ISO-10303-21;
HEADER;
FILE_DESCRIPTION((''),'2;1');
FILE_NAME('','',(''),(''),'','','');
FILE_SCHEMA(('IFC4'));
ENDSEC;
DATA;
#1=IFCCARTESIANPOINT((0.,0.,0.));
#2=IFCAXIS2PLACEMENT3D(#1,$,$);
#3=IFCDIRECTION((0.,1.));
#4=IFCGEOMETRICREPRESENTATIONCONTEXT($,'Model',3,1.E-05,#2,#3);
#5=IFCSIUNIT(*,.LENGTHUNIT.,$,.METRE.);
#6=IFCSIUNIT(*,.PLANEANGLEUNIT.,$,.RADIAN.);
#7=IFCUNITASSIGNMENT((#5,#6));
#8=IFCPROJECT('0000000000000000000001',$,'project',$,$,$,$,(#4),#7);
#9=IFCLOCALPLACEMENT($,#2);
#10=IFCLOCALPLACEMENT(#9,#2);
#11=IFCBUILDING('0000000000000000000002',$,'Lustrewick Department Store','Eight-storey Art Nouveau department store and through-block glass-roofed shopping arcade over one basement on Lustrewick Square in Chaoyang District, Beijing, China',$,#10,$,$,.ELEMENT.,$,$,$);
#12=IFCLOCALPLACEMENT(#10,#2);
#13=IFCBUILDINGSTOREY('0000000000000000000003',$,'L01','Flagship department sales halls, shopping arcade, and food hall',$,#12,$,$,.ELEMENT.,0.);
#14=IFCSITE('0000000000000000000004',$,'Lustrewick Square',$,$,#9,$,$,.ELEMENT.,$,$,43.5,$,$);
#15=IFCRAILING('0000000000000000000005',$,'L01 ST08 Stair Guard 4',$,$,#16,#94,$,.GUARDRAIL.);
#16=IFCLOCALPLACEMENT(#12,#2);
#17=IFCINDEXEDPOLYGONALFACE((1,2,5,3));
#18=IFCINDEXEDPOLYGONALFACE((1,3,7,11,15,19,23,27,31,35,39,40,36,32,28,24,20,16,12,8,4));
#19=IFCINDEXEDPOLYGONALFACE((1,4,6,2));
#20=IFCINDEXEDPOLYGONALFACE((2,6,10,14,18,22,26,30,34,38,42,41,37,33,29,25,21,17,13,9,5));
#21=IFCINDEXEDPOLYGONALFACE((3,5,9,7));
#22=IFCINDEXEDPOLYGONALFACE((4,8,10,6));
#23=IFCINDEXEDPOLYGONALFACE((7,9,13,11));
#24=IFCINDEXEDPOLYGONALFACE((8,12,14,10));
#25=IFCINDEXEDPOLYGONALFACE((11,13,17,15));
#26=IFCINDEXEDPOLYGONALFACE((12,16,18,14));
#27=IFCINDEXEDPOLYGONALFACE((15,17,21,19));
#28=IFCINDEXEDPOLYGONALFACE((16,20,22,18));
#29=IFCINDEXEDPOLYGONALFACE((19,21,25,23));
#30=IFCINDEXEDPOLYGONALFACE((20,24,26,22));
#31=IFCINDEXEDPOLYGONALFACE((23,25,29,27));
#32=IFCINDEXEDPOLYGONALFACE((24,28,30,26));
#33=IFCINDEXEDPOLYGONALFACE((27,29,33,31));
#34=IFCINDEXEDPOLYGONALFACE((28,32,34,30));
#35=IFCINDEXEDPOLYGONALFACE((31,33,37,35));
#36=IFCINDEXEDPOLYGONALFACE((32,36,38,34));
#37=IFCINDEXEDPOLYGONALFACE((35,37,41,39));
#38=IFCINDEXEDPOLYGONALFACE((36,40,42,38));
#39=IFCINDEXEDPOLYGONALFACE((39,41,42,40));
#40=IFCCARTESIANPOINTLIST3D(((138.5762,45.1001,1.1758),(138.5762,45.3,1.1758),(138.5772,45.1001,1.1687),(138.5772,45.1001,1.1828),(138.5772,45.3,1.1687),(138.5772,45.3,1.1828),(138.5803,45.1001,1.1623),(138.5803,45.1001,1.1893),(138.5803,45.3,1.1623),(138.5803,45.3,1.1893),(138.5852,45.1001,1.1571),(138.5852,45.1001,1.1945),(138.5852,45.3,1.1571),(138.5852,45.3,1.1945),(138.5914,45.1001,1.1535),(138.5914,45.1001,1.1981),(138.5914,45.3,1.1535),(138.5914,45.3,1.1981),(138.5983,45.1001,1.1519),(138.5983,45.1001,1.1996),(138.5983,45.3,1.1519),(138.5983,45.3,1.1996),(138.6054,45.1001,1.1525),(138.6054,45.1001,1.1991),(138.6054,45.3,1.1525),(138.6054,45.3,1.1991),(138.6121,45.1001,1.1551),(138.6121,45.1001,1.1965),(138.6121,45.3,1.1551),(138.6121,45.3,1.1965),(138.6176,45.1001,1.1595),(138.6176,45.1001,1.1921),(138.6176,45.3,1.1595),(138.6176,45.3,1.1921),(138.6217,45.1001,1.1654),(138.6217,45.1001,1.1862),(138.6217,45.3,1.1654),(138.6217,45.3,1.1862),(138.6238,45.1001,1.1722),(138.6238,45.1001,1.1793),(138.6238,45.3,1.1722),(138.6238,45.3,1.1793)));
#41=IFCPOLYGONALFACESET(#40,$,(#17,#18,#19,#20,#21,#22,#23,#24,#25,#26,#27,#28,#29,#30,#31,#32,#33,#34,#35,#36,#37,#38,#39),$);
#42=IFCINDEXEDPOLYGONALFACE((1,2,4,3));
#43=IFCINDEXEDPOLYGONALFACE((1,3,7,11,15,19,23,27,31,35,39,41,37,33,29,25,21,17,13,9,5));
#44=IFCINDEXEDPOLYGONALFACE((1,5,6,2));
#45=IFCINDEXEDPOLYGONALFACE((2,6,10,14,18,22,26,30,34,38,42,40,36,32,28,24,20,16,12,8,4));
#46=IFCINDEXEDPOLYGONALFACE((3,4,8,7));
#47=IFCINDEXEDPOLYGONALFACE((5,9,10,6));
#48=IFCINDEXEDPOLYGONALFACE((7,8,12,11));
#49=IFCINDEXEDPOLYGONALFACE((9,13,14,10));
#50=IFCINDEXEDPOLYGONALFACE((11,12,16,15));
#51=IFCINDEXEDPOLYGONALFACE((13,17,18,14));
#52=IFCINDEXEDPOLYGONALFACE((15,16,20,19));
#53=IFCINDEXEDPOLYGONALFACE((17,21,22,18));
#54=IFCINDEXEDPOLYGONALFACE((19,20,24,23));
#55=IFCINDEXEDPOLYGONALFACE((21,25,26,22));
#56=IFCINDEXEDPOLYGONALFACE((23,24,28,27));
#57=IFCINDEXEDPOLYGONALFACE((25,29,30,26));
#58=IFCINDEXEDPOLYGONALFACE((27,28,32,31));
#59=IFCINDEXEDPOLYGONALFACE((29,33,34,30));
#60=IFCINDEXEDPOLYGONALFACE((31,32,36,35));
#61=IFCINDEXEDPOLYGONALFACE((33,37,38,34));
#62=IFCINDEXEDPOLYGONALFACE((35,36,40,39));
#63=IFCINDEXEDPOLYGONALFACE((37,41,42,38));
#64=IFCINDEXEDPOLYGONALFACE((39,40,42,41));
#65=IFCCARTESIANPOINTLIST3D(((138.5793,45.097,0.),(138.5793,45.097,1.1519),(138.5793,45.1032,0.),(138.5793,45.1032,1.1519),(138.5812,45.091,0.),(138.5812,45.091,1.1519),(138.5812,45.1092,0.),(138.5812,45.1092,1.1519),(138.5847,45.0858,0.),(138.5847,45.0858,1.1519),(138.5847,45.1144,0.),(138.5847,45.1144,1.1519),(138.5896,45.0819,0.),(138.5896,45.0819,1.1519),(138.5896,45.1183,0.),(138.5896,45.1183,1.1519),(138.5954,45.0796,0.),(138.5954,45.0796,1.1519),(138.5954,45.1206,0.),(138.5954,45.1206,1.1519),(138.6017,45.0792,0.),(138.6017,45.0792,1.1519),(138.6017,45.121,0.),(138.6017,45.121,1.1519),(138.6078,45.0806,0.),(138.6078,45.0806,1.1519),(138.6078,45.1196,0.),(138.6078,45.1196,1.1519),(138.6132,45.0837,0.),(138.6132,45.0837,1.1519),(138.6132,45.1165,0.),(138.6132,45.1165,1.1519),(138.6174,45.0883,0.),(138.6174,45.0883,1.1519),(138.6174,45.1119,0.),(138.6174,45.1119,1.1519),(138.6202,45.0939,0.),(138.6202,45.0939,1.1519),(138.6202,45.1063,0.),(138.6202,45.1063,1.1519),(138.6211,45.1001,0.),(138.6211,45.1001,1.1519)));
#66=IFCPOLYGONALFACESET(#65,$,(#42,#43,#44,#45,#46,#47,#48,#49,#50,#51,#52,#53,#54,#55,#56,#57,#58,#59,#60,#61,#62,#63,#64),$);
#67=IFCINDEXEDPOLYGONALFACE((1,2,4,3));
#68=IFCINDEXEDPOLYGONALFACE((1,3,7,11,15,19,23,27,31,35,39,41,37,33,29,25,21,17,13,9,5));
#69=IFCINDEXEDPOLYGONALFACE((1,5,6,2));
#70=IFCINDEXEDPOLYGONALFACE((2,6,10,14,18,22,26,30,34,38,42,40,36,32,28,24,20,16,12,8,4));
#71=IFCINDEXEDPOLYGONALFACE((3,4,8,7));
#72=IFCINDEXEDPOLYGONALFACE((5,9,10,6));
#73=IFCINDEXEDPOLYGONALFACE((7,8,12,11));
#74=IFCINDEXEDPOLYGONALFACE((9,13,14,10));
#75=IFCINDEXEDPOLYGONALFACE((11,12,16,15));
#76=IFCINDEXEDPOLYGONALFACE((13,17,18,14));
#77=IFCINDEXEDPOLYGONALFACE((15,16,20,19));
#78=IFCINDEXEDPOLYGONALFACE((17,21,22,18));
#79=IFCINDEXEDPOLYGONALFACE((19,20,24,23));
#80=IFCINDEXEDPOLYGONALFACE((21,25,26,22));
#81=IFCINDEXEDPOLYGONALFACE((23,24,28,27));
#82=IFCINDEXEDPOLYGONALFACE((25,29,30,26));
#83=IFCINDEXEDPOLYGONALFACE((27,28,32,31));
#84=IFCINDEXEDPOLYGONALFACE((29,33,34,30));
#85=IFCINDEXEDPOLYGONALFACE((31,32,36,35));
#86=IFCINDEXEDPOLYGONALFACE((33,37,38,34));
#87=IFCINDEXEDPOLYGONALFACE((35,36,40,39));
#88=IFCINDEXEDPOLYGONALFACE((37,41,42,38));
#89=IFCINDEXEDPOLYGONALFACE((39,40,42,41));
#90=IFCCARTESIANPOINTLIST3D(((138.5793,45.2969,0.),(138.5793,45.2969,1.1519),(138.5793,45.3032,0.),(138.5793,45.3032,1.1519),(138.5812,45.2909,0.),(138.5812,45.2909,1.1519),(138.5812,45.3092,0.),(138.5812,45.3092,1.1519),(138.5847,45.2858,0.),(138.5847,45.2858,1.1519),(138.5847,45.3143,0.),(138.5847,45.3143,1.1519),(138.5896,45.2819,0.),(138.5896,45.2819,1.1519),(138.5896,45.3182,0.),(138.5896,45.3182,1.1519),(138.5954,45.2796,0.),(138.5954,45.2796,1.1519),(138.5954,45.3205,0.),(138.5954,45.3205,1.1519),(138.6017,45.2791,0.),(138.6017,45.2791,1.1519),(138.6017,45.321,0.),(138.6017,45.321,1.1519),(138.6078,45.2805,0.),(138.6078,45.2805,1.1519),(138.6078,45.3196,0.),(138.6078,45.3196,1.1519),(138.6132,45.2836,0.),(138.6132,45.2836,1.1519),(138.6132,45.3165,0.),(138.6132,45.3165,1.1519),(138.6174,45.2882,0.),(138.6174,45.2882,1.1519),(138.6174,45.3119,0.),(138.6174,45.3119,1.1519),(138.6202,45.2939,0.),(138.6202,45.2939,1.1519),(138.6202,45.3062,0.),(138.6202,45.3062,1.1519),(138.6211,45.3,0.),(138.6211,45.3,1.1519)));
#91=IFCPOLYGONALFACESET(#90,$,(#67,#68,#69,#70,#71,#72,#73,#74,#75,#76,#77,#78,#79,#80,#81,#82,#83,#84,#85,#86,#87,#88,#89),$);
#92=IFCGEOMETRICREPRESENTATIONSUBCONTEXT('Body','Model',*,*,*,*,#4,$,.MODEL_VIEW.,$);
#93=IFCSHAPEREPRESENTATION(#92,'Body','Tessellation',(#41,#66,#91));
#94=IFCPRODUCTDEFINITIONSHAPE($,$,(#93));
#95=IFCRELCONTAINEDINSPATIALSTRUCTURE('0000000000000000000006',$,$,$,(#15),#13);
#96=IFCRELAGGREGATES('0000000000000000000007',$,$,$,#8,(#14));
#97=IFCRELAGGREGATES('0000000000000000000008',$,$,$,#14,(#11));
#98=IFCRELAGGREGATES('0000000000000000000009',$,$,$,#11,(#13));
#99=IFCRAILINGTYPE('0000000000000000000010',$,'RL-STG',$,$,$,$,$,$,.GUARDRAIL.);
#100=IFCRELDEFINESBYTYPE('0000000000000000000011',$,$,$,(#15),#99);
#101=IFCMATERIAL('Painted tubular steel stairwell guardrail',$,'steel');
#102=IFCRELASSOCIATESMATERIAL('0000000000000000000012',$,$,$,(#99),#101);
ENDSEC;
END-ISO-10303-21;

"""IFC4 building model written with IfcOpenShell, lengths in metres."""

from ifc_helpers import new_model, si_unit, direction, frame, origin, origin_2d, place, context, subcontext, project, spatial, circle, extrude, material, type_object, element, save


model = new_model("IFC4")

# Units and contexts
model_context = context("Model", 3, precision=1e-05, world=origin(), true_north=direction((0.0, 1.0)))
body_context = subcontext(model_context, "Body", "Model", "MODEL_VIEW")
ifc_project = project(units=[si_unit("LENGTHUNIT", "METRE"), si_unit("PLANEANGLEUNIT", "RADIAN")], contexts=[model_context])

# Site, building, storey
site_placement = place(None, origin())
site = spatial("IfcSite", under=ifc_project, at=site_placement, Name="Lustrewick Square", CompositionType="ELEMENT", RefElevation=43.5)
building_placement = place(site_placement, origin())
building = spatial("IfcBuilding", under=site, at=building_placement, Name="Lustrewick Department Store", Description="Eight-storey Art Nouveau department store and through-block glass-roofed shopping arcade over one basement on Lustrewick Square in Chaoyang District, Beijing, China", CompositionType="ELEMENT")
storey_placement = place(building_placement, origin())
storey = spatial("IfcBuildingStorey", under=building, at=storey_placement, Name="L01", Description="Flagship department sales halls, shopping arcade, and food hall", CompositionType="ELEMENT", Elevation=0.0)

# Railing
ifc_material_1 = material(Name="Painted tubular steel stairwell guardrail", Category="steel")
railing_type_1 = type_object("IfcRailingType", Name="RL-STG", PredefinedType="GUARDRAIL", material=ifc_material_1)
railing_1_placement = place(storey_placement, frame((138.6001, 45.1001, 0.0)))
element("IfcRailing", 1, at=railing_1_placement, inside=storey, type_object=railing_type_1, Name="L01 ST08 Stair Guard 4", PredefinedType="GUARDRAIL", context=body_context, shape_type="SweptSolid", body=[
    extrude(circle(Radius=0.0239, at=origin_2d()), frame((0.0, 0.0, 1.1758), z_axis=(0.0, 1.0, 0.0), x_axis=(-1.0, 0.0, 0.0)), (0.0, 0.0, 1.0), 0.2),
    extrude(circle(Radius=0.021, at=origin_2d()), origin(), (0.0, 0.0, 1.0), 1.1519),
    extrude(circle(Radius=0.021, at=origin_2d()), frame((0.0, 0.2, 0.0)), (0.0, 0.0, 1.0), 1.1519),
])

save(model, "model.ifc")
